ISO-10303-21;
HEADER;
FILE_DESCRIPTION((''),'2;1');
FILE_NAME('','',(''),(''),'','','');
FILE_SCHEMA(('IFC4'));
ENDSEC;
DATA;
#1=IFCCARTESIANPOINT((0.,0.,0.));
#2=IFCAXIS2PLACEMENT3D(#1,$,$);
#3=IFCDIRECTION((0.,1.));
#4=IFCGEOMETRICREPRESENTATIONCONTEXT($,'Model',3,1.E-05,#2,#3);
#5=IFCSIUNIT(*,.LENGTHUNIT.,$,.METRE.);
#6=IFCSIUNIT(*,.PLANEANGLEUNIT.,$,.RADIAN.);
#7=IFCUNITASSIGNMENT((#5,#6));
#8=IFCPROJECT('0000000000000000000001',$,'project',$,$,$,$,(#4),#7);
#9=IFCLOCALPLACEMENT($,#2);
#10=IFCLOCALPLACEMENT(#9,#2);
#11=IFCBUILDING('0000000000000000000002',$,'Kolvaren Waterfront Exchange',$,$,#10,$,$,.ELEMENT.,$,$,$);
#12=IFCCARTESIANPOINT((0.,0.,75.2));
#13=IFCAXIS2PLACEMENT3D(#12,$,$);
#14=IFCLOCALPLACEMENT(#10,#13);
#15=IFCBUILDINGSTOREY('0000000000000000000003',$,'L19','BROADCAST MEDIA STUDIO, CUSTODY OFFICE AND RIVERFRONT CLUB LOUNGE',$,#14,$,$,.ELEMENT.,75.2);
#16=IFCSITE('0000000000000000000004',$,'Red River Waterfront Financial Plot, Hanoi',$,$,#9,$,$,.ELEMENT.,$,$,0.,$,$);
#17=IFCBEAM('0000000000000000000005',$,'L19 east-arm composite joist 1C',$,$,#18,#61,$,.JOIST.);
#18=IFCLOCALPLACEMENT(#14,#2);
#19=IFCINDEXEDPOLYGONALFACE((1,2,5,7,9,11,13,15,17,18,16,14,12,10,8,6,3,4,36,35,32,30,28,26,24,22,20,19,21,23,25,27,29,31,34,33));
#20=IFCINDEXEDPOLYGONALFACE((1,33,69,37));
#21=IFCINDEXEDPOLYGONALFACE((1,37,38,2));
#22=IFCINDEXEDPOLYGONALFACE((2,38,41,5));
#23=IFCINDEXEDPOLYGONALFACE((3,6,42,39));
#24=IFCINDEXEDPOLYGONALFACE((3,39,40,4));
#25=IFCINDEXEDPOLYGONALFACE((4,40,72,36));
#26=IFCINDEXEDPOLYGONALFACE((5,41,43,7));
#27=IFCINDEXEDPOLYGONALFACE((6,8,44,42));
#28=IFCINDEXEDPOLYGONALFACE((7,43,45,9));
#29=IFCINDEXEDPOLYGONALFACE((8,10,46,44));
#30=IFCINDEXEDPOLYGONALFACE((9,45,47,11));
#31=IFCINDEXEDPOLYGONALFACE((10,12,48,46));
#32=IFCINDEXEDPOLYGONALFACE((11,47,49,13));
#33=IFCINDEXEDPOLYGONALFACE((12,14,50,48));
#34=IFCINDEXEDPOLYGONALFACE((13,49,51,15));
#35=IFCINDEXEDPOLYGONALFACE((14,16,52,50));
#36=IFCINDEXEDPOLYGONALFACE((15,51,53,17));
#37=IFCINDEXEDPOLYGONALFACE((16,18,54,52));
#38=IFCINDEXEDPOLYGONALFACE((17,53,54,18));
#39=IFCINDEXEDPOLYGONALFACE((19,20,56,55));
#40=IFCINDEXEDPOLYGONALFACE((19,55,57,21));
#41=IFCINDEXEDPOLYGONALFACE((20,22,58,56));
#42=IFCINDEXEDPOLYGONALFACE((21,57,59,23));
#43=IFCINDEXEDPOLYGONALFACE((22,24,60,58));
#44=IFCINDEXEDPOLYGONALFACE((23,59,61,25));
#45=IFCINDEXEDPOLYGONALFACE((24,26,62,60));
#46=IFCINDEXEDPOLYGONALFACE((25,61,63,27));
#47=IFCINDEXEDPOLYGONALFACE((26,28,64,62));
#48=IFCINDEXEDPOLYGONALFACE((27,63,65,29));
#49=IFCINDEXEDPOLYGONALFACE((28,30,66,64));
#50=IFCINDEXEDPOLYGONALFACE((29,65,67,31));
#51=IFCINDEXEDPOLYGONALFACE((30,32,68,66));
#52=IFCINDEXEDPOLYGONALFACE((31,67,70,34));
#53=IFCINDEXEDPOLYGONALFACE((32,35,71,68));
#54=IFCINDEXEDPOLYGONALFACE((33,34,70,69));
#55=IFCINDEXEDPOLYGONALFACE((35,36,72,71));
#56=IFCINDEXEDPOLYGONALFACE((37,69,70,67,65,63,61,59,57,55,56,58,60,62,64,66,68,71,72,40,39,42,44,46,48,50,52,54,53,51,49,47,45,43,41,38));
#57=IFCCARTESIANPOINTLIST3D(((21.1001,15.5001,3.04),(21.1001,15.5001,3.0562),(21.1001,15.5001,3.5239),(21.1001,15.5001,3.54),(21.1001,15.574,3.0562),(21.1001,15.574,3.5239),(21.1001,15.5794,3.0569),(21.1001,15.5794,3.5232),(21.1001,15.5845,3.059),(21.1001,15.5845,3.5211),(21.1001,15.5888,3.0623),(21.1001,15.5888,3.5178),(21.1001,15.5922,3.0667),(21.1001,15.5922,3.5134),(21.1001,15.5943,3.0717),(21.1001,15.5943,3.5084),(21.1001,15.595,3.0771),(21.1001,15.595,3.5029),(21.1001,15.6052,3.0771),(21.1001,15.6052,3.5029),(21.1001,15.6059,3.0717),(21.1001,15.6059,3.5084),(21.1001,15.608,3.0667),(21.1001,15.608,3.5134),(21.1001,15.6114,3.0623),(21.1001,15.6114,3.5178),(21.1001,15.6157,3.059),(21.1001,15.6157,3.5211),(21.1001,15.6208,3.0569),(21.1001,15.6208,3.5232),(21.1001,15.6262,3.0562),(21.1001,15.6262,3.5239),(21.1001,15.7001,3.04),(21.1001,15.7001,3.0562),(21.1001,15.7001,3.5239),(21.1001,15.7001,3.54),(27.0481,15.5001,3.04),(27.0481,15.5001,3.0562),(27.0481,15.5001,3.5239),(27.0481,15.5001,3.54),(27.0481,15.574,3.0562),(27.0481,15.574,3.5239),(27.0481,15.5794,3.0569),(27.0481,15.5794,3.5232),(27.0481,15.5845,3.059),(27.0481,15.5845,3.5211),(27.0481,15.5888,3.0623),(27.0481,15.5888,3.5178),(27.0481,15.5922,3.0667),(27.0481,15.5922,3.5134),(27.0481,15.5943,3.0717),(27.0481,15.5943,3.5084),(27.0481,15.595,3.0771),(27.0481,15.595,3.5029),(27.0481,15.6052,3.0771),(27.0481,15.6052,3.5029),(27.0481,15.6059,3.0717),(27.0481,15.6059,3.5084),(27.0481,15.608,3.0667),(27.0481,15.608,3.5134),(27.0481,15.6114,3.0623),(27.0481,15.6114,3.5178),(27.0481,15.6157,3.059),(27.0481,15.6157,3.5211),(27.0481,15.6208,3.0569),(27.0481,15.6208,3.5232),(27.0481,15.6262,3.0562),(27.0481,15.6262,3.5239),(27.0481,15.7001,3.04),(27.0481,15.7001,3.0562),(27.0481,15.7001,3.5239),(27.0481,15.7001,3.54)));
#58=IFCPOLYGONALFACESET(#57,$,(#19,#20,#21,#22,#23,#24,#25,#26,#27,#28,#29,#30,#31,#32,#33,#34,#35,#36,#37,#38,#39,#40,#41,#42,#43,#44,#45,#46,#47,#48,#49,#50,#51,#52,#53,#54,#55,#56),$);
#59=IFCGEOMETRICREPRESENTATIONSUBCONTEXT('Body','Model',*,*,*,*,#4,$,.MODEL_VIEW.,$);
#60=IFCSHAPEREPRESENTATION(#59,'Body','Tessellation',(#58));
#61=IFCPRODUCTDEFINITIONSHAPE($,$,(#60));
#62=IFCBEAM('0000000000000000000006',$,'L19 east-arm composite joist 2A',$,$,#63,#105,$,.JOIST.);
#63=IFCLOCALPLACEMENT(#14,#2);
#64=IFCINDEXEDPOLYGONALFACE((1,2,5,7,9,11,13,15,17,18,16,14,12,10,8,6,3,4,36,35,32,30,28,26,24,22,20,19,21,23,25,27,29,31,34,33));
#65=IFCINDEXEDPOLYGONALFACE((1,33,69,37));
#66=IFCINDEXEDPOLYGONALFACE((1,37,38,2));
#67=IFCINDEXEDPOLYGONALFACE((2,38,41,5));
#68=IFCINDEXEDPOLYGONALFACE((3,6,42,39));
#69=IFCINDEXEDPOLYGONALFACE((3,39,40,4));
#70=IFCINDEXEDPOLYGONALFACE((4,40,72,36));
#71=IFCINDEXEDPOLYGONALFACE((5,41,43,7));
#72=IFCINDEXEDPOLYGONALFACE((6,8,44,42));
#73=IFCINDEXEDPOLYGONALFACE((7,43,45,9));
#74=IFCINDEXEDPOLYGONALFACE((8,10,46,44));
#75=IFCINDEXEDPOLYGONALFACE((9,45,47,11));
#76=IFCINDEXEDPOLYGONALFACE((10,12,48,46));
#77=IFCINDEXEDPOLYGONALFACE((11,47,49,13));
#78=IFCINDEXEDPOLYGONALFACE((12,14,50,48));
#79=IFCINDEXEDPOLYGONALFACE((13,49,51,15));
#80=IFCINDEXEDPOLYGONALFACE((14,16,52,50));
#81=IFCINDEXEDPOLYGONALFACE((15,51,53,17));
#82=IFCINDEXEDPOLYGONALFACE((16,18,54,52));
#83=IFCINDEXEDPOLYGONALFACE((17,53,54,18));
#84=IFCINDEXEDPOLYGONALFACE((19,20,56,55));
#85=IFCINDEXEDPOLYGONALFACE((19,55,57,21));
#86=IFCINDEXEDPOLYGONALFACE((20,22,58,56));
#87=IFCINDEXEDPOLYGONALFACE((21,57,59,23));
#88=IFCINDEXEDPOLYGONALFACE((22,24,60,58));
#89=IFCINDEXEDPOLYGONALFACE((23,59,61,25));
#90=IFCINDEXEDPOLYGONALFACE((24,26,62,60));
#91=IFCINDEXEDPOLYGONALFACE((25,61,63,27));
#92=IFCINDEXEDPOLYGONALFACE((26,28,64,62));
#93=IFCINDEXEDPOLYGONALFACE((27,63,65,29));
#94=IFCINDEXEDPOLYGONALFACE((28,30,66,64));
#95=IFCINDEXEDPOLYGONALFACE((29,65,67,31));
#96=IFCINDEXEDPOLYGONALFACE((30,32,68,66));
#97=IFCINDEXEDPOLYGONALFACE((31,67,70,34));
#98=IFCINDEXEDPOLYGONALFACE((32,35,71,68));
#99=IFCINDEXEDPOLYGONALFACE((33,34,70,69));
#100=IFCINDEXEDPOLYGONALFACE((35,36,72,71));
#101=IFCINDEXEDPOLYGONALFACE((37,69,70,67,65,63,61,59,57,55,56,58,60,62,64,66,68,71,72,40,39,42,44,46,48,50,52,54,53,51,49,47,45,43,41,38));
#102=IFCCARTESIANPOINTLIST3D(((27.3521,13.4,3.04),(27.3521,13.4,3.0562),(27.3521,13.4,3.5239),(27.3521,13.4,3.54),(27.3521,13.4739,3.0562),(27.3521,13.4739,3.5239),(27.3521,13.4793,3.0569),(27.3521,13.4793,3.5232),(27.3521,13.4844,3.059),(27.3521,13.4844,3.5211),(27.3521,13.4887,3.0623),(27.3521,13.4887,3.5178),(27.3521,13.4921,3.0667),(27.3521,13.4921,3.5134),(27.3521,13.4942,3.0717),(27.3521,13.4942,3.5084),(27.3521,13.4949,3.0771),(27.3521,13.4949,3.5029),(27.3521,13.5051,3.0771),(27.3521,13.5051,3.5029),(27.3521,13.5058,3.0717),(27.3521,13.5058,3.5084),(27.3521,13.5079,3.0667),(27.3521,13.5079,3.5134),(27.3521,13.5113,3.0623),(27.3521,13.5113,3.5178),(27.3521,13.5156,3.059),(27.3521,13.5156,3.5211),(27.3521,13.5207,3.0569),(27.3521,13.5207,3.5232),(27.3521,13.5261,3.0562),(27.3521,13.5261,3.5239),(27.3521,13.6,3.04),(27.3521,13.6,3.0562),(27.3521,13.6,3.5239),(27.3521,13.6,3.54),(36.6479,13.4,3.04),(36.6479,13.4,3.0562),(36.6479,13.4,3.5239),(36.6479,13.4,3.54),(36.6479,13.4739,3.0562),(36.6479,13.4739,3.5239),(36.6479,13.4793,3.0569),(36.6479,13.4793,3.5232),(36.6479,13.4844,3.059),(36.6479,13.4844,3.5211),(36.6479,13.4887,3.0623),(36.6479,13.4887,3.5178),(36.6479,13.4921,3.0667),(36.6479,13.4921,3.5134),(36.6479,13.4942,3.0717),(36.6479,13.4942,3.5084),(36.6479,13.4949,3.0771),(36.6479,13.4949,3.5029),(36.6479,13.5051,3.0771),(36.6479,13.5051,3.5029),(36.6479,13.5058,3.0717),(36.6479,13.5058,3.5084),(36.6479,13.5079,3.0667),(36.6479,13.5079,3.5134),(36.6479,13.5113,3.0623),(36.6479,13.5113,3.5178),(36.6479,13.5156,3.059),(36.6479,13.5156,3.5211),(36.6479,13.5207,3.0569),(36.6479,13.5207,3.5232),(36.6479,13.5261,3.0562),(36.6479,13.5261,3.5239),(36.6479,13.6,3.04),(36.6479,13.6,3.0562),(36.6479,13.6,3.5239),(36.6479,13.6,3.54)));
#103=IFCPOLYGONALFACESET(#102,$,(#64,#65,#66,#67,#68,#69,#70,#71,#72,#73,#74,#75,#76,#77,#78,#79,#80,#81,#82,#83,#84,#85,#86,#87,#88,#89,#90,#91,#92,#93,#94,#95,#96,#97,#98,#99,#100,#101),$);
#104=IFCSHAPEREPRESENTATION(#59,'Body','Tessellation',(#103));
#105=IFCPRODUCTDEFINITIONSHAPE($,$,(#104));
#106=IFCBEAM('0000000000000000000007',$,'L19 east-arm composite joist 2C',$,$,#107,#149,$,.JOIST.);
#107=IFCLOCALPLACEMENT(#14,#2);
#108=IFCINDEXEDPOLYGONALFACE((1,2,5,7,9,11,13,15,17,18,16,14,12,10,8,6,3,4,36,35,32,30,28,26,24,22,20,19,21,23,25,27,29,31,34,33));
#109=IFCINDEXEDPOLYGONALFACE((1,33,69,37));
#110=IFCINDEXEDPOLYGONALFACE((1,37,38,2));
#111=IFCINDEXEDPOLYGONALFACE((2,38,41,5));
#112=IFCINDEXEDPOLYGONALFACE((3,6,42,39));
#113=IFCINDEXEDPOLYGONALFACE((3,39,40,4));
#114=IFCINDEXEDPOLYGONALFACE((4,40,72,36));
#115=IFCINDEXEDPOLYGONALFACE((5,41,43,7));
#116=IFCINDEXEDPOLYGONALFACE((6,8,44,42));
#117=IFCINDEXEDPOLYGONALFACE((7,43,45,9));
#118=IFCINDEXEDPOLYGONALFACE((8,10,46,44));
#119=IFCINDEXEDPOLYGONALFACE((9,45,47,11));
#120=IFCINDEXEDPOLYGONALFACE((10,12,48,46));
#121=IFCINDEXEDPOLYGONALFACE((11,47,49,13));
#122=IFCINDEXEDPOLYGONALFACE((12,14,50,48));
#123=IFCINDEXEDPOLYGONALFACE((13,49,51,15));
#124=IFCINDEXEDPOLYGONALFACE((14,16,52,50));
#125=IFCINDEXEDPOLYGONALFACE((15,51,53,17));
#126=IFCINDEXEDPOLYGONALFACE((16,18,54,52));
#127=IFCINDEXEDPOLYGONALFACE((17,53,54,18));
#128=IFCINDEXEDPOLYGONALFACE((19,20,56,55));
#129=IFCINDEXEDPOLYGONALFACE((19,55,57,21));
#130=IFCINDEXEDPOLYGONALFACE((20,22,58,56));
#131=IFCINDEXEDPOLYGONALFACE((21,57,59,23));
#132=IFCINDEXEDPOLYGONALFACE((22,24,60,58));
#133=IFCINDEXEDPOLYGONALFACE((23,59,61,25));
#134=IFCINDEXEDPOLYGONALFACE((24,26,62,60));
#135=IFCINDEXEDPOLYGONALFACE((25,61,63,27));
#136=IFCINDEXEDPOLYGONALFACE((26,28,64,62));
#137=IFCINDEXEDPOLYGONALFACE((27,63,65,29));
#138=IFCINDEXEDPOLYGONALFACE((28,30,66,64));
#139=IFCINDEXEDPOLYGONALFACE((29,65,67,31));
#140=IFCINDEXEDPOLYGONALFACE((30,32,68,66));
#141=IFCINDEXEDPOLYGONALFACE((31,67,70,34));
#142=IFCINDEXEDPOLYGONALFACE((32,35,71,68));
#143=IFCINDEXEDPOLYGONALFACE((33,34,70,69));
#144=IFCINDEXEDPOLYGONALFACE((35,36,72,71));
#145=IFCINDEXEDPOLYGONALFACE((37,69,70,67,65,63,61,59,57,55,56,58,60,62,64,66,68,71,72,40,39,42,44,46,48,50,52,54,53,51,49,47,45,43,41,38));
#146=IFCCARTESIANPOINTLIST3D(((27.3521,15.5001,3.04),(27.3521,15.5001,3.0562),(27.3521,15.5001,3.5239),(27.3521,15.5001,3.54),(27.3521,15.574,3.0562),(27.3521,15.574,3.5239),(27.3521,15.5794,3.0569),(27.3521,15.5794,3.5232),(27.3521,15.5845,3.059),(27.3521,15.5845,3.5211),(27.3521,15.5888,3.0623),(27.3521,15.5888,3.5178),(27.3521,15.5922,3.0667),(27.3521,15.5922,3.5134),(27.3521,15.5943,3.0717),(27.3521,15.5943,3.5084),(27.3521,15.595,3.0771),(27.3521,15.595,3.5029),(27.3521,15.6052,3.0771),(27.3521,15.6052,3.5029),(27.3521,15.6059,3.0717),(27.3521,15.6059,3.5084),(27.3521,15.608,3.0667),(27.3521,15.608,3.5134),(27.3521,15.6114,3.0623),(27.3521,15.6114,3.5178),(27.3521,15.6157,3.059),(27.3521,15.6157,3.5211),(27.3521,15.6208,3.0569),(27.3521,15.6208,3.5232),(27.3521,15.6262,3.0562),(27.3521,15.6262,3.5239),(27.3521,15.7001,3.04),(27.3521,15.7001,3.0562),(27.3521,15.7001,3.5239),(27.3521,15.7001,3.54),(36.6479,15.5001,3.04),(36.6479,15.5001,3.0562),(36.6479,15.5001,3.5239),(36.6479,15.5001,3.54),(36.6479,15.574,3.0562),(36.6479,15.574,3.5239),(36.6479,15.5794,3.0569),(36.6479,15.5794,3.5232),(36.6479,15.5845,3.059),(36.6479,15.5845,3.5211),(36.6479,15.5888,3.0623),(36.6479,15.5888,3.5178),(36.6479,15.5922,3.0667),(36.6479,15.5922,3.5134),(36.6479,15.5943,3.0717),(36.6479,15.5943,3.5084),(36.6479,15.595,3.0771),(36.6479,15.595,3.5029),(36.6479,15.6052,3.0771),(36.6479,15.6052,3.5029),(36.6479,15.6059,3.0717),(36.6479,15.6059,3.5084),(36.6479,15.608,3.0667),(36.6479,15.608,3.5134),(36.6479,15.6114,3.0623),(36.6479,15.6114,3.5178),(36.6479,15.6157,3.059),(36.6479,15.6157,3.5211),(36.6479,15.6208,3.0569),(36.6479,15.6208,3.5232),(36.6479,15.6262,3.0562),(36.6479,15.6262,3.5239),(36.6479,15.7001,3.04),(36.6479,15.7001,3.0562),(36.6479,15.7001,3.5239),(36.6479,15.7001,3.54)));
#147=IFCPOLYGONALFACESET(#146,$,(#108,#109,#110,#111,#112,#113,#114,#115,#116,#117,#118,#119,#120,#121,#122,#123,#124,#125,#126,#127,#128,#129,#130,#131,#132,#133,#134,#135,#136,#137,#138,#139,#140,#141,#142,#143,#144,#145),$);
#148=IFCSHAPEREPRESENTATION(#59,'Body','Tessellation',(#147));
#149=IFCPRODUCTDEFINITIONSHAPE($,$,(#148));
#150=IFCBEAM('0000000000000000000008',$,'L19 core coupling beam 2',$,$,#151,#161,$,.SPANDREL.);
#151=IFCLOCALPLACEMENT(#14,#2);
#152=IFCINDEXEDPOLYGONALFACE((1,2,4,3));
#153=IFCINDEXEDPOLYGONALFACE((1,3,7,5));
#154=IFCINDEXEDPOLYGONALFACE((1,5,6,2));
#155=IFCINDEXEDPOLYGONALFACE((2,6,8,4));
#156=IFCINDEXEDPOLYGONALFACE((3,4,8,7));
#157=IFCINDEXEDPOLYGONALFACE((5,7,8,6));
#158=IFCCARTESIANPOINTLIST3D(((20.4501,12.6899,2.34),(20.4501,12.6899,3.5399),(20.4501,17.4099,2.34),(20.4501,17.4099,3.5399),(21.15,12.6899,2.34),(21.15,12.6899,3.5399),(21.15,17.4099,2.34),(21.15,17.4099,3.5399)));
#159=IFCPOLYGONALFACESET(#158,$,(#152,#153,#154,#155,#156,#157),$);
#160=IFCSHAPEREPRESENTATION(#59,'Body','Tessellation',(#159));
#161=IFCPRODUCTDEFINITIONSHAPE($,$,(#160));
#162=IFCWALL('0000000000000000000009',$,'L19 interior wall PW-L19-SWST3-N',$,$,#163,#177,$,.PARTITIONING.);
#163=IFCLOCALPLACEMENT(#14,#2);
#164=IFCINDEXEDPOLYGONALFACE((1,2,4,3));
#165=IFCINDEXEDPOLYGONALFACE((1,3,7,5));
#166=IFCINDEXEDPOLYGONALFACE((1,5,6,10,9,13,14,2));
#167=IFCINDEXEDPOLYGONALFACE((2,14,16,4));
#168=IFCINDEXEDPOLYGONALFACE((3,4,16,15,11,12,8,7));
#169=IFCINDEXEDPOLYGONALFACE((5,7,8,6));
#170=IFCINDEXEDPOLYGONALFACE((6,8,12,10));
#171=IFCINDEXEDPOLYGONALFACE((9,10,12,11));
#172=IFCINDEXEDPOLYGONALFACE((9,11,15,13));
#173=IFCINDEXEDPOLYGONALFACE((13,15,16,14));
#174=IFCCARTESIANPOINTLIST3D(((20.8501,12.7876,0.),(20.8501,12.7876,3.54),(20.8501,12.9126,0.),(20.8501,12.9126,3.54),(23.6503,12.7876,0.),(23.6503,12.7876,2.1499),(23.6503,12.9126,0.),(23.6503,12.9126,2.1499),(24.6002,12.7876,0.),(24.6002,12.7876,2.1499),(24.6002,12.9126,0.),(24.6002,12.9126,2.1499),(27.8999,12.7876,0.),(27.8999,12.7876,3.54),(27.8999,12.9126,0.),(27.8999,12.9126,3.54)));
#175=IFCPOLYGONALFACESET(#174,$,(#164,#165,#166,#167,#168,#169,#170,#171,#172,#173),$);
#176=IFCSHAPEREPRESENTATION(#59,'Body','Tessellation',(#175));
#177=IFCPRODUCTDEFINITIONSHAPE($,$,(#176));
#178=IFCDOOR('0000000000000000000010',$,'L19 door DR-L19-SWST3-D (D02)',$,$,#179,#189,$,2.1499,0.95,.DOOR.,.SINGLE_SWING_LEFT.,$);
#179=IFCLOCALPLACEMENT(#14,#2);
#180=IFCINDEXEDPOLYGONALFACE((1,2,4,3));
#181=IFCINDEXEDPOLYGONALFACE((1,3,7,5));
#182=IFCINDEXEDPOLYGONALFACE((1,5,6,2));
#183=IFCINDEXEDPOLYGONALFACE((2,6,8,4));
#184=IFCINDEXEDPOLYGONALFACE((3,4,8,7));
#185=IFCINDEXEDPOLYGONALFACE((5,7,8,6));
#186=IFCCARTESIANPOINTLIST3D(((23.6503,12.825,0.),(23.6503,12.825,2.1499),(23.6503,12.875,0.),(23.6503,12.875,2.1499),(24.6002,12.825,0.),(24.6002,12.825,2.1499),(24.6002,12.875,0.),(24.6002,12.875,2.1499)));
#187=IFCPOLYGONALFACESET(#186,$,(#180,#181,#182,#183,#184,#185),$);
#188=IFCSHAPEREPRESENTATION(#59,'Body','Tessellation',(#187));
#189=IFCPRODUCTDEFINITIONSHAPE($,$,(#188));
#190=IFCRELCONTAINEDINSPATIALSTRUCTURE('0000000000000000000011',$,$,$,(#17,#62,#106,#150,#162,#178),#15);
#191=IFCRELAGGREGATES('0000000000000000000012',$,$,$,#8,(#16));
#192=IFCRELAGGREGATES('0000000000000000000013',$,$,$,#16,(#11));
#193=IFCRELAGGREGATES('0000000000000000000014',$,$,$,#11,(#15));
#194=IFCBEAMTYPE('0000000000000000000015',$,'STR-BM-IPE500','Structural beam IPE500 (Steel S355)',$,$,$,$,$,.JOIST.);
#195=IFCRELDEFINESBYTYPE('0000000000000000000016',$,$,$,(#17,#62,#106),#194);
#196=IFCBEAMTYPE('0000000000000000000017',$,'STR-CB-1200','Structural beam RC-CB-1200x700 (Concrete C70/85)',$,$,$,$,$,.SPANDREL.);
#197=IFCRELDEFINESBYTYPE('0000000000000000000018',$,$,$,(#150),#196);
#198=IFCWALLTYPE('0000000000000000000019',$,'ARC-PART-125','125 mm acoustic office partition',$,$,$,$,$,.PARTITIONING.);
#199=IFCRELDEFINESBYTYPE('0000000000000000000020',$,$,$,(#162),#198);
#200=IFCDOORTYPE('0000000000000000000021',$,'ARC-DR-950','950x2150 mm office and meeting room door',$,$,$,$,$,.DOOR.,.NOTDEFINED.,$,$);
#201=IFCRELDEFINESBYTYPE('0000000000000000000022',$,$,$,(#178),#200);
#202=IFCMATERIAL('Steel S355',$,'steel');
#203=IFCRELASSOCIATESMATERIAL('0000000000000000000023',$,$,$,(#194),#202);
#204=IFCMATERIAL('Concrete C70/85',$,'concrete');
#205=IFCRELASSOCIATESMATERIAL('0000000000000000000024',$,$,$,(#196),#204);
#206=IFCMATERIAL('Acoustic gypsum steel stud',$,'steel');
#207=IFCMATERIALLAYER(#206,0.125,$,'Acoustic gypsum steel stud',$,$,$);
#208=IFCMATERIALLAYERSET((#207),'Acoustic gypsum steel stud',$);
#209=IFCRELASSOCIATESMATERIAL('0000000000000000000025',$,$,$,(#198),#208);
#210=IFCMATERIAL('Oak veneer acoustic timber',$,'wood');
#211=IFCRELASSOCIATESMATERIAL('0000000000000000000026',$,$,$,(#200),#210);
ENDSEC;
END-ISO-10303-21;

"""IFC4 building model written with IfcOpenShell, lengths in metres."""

from ifc_helpers import new_model, si_unit, direction, frame, frame_2d, origin, origin_2d, place, context, subcontext, project, spatial, rectangle, i_section, extrude, material, layer, layer_set, material_profile, profile_set, type_object, element, fill, save


model = new_model("IFC4")

# Units and contexts
model_context = context("Model", 3, precision=1e-05, world=origin(), true_north=direction((0.0, 1.0)))
body_context = subcontext(model_context, "Body", "Model", "MODEL_VIEW")
ifc_project = project(units=[si_unit("LENGTHUNIT", "METRE"), si_unit("PLANEANGLEUNIT", "RADIAN")], contexts=[model_context])

# Site, building, storey
site_placement = place(None, origin())
site = spatial("IfcSite", under=ifc_project, at=site_placement, Name="Red River Waterfront Financial Plot, Hanoi", CompositionType="ELEMENT", RefElevation=0.0)
building_placement = place(site_placement, origin())
building = spatial("IfcBuilding", under=site, at=building_placement, Name="Kolvaren Waterfront Exchange", CompositionType="ELEMENT")
storey_placement = place(building_placement, frame((0.0, 0.0, 75.2)))
storey = spatial("IfcBuildingStorey", under=building, at=storey_placement, Name="L19", Description="BROADCAST MEDIA STUDIO, CUSTODY OFFICE AND RIVERFRONT CLUB LOUNGE", CompositionType="ELEMENT", Elevation=75.2)

# Shared definitions
ifc_material_1 = material(Name="Concrete C70/85", Category="concrete")

# Beams
ifc_material_2 = material(Name="Steel S355", Category="steel")
ifc_material_profile_1 = material_profile(ifc_material_2, i_section(OverallWidth=0.2, OverallDepth=0.5, WebThickness=0.0103, FlangeThickness=0.0161, FilletRadius=0.021, at=origin_2d()), Name="IPE500")
ifc_profile_set_1 = profile_set([ifc_material_profile_1], Name="Steel S355")
beam_type_1 = type_object("IfcBeamType", Name="STR-BM-IPE500", Description="Structural beam IPE500 (Steel S355)", PredefinedType="JOIST", material=ifc_profile_set_1)
for number, where, z_axis, x_axis, name in (
    (1, (21.1001, 15.6001, 3.29), (1.0, 0.0, 0.0), (0.0, 1.0, 0.0), "L19 east-arm composite joist 1C"),
):
    element("IfcBeam", number, at=place(storey_placement, frame(where, z_axis=z_axis, x_axis=x_axis)), inside=storey, type_object=beam_type_1, Name=name, PredefinedType="JOIST", context=body_context, shape_type="SweptSolid", body=[
        extrude(i_section(OverallWidth=0.2, OverallDepth=0.5, WebThickness=0.0103, FlangeThickness=0.0161, FilletRadius=0.021, at=origin_2d()), origin(), (0.0, 0.0, 1.0), 5.948),
    ])
for number, where, z_axis, x_axis, name in (
    (2, (27.3521, 13.5, 3.29), (1.0, 0.0, 0.0), (0.0, 1.0, 0.0), "L19 east-arm composite joist 2A"),
    (3, (27.3521, 15.6001, 3.29), (1.0, 0.0, 0.0), (0.0, 1.0, 0.0), "L19 east-arm composite joist 2C"),
):
    element("IfcBeam", number, at=place(storey_placement, frame(where, z_axis=z_axis, x_axis=x_axis)), inside=storey, type_object=beam_type_1, Name=name, PredefinedType="JOIST", context=body_context, shape_type="SweptSolid", body=[
        extrude(i_section(OverallWidth=0.2, OverallDepth=0.5, WebThickness=0.0103, FlangeThickness=0.0161, FilletRadius=0.021, at=origin_2d()), origin(), (0.0, 0.0, 1.0), 9.2959),
    ])
ifc_material_profile_2 = material_profile(ifc_material_1, rectangle(XDim=0.7, YDim=1.2, at=origin_2d()), Name="RC-CB-1200x700")
ifc_profile_set_2 = profile_set([ifc_material_profile_2], Name="Concrete C70/85")
beam_type_2 = type_object("IfcBeamType", Name="STR-CB-1200", Description="Structural beam RC-CB-1200x700 (Concrete C70/85)", PredefinedType="SPANDREL", material=ifc_profile_set_2)
beam_1_placement = place(storey_placement, frame((20.8, 12.6899, 2.9399), z_axis=(0.0, 1.0, 0.0), x_axis=(-1.0, 0.0, 0.0)))
element("IfcBeam", 4, at=beam_1_placement, inside=storey, type_object=beam_type_2, Name="L19 core coupling beam 2", PredefinedType="SPANDREL", context=body_context, shape_type="SweptSolid", body=[
    extrude(rectangle(XDim=0.7, YDim=1.2, at=origin_2d()), origin(), (0.0, 0.0, 1.0), 4.72),
])

# Wall, opening, door
ifc_material_3 = material(Name="Acoustic gypsum steel stud", Category="steel")
ifc_layer_1 = layer(ifc_material_3, 0.125, Name="Acoustic gypsum steel stud")
ifc_layer_set_1 = layer_set([ifc_layer_1], Name="Acoustic gypsum steel stud")
wall_type_1 = type_object("IfcWallType", Name="ARC-PART-125", Description="125 mm acoustic office partition", PredefinedType="PARTITIONING", material=ifc_layer_set_1)
wall_1_placement = place(storey_placement, frame((20.8501, 12.8501, 0.0), z_axis=(0.0, 0.0, 1.0), x_axis=(1.0, 0.0, 0.0)))
wall_1 = element("IfcWall", 5, at=wall_1_placement, inside=storey, type_object=wall_type_1, Name="L19 interior wall PW-L19-SWST3-N", PredefinedType="PARTITIONING", context=body_context, shape_type="SweptSolid", body=[
    extrude(rectangle(XDim=7.0498, YDim=0.125, at=frame_2d((3.5249, 0.0))), origin(), (0.0, 0.0, 1.0), 3.54),
])
opening_1_placement = place(wall_1_placement, frame((2.8, 0.0, 0.0)))
opening_1 = element("IfcOpeningElement", 6, at=opening_1_placement, cuts=wall_1, PredefinedType="OPENING", context=body_context, shape_type="SweptSolid", body=[
    extrude(rectangle(XDim=0.95, YDim=2.1499, at=frame_2d((0.4751, 1.075))), frame((0.0, 0.0725, 0.0), z_axis=(0.0, -1.0, 0.0), x_axis=(1.0, 0.0, 0.0)), (0.0, 0.0, 1.0), 0.145),
])
ifc_material_4 = material(Name="Oak veneer acoustic timber", Category="wood")
door_type_1 = type_object("IfcDoorType", Name="ARC-DR-950", Description="950x2150 mm office and meeting room door", OperationType="NOTDEFINED", PredefinedType="DOOR", material=ifc_material_4)
door_1_placement = place(opening_1_placement, origin())
door_1 = element("IfcDoor", 7, at=door_1_placement, inside=storey, type_object=door_type_1, Name="L19 door DR-L19-SWST3-D (D02)", OperationType="SINGLE_SWING_LEFT", OverallHeight=2.1499, OverallWidth=0.95, PredefinedType="DOOR", context=body_context, shape_type="SweptSolid", body=[
    extrude(rectangle(XDim=0.95, YDim=2.1499, at=frame_2d((0.4751, 1.075))), frame((0.0, 0.0249, 0.0), z_axis=(0.0, -1.0, 0.0), x_axis=(1.0, 0.0, 0.0)), (0.0, 0.0, 1.0), 0.05),
])
fill(opening_1, door_1)

save(model, "model.ifc")
